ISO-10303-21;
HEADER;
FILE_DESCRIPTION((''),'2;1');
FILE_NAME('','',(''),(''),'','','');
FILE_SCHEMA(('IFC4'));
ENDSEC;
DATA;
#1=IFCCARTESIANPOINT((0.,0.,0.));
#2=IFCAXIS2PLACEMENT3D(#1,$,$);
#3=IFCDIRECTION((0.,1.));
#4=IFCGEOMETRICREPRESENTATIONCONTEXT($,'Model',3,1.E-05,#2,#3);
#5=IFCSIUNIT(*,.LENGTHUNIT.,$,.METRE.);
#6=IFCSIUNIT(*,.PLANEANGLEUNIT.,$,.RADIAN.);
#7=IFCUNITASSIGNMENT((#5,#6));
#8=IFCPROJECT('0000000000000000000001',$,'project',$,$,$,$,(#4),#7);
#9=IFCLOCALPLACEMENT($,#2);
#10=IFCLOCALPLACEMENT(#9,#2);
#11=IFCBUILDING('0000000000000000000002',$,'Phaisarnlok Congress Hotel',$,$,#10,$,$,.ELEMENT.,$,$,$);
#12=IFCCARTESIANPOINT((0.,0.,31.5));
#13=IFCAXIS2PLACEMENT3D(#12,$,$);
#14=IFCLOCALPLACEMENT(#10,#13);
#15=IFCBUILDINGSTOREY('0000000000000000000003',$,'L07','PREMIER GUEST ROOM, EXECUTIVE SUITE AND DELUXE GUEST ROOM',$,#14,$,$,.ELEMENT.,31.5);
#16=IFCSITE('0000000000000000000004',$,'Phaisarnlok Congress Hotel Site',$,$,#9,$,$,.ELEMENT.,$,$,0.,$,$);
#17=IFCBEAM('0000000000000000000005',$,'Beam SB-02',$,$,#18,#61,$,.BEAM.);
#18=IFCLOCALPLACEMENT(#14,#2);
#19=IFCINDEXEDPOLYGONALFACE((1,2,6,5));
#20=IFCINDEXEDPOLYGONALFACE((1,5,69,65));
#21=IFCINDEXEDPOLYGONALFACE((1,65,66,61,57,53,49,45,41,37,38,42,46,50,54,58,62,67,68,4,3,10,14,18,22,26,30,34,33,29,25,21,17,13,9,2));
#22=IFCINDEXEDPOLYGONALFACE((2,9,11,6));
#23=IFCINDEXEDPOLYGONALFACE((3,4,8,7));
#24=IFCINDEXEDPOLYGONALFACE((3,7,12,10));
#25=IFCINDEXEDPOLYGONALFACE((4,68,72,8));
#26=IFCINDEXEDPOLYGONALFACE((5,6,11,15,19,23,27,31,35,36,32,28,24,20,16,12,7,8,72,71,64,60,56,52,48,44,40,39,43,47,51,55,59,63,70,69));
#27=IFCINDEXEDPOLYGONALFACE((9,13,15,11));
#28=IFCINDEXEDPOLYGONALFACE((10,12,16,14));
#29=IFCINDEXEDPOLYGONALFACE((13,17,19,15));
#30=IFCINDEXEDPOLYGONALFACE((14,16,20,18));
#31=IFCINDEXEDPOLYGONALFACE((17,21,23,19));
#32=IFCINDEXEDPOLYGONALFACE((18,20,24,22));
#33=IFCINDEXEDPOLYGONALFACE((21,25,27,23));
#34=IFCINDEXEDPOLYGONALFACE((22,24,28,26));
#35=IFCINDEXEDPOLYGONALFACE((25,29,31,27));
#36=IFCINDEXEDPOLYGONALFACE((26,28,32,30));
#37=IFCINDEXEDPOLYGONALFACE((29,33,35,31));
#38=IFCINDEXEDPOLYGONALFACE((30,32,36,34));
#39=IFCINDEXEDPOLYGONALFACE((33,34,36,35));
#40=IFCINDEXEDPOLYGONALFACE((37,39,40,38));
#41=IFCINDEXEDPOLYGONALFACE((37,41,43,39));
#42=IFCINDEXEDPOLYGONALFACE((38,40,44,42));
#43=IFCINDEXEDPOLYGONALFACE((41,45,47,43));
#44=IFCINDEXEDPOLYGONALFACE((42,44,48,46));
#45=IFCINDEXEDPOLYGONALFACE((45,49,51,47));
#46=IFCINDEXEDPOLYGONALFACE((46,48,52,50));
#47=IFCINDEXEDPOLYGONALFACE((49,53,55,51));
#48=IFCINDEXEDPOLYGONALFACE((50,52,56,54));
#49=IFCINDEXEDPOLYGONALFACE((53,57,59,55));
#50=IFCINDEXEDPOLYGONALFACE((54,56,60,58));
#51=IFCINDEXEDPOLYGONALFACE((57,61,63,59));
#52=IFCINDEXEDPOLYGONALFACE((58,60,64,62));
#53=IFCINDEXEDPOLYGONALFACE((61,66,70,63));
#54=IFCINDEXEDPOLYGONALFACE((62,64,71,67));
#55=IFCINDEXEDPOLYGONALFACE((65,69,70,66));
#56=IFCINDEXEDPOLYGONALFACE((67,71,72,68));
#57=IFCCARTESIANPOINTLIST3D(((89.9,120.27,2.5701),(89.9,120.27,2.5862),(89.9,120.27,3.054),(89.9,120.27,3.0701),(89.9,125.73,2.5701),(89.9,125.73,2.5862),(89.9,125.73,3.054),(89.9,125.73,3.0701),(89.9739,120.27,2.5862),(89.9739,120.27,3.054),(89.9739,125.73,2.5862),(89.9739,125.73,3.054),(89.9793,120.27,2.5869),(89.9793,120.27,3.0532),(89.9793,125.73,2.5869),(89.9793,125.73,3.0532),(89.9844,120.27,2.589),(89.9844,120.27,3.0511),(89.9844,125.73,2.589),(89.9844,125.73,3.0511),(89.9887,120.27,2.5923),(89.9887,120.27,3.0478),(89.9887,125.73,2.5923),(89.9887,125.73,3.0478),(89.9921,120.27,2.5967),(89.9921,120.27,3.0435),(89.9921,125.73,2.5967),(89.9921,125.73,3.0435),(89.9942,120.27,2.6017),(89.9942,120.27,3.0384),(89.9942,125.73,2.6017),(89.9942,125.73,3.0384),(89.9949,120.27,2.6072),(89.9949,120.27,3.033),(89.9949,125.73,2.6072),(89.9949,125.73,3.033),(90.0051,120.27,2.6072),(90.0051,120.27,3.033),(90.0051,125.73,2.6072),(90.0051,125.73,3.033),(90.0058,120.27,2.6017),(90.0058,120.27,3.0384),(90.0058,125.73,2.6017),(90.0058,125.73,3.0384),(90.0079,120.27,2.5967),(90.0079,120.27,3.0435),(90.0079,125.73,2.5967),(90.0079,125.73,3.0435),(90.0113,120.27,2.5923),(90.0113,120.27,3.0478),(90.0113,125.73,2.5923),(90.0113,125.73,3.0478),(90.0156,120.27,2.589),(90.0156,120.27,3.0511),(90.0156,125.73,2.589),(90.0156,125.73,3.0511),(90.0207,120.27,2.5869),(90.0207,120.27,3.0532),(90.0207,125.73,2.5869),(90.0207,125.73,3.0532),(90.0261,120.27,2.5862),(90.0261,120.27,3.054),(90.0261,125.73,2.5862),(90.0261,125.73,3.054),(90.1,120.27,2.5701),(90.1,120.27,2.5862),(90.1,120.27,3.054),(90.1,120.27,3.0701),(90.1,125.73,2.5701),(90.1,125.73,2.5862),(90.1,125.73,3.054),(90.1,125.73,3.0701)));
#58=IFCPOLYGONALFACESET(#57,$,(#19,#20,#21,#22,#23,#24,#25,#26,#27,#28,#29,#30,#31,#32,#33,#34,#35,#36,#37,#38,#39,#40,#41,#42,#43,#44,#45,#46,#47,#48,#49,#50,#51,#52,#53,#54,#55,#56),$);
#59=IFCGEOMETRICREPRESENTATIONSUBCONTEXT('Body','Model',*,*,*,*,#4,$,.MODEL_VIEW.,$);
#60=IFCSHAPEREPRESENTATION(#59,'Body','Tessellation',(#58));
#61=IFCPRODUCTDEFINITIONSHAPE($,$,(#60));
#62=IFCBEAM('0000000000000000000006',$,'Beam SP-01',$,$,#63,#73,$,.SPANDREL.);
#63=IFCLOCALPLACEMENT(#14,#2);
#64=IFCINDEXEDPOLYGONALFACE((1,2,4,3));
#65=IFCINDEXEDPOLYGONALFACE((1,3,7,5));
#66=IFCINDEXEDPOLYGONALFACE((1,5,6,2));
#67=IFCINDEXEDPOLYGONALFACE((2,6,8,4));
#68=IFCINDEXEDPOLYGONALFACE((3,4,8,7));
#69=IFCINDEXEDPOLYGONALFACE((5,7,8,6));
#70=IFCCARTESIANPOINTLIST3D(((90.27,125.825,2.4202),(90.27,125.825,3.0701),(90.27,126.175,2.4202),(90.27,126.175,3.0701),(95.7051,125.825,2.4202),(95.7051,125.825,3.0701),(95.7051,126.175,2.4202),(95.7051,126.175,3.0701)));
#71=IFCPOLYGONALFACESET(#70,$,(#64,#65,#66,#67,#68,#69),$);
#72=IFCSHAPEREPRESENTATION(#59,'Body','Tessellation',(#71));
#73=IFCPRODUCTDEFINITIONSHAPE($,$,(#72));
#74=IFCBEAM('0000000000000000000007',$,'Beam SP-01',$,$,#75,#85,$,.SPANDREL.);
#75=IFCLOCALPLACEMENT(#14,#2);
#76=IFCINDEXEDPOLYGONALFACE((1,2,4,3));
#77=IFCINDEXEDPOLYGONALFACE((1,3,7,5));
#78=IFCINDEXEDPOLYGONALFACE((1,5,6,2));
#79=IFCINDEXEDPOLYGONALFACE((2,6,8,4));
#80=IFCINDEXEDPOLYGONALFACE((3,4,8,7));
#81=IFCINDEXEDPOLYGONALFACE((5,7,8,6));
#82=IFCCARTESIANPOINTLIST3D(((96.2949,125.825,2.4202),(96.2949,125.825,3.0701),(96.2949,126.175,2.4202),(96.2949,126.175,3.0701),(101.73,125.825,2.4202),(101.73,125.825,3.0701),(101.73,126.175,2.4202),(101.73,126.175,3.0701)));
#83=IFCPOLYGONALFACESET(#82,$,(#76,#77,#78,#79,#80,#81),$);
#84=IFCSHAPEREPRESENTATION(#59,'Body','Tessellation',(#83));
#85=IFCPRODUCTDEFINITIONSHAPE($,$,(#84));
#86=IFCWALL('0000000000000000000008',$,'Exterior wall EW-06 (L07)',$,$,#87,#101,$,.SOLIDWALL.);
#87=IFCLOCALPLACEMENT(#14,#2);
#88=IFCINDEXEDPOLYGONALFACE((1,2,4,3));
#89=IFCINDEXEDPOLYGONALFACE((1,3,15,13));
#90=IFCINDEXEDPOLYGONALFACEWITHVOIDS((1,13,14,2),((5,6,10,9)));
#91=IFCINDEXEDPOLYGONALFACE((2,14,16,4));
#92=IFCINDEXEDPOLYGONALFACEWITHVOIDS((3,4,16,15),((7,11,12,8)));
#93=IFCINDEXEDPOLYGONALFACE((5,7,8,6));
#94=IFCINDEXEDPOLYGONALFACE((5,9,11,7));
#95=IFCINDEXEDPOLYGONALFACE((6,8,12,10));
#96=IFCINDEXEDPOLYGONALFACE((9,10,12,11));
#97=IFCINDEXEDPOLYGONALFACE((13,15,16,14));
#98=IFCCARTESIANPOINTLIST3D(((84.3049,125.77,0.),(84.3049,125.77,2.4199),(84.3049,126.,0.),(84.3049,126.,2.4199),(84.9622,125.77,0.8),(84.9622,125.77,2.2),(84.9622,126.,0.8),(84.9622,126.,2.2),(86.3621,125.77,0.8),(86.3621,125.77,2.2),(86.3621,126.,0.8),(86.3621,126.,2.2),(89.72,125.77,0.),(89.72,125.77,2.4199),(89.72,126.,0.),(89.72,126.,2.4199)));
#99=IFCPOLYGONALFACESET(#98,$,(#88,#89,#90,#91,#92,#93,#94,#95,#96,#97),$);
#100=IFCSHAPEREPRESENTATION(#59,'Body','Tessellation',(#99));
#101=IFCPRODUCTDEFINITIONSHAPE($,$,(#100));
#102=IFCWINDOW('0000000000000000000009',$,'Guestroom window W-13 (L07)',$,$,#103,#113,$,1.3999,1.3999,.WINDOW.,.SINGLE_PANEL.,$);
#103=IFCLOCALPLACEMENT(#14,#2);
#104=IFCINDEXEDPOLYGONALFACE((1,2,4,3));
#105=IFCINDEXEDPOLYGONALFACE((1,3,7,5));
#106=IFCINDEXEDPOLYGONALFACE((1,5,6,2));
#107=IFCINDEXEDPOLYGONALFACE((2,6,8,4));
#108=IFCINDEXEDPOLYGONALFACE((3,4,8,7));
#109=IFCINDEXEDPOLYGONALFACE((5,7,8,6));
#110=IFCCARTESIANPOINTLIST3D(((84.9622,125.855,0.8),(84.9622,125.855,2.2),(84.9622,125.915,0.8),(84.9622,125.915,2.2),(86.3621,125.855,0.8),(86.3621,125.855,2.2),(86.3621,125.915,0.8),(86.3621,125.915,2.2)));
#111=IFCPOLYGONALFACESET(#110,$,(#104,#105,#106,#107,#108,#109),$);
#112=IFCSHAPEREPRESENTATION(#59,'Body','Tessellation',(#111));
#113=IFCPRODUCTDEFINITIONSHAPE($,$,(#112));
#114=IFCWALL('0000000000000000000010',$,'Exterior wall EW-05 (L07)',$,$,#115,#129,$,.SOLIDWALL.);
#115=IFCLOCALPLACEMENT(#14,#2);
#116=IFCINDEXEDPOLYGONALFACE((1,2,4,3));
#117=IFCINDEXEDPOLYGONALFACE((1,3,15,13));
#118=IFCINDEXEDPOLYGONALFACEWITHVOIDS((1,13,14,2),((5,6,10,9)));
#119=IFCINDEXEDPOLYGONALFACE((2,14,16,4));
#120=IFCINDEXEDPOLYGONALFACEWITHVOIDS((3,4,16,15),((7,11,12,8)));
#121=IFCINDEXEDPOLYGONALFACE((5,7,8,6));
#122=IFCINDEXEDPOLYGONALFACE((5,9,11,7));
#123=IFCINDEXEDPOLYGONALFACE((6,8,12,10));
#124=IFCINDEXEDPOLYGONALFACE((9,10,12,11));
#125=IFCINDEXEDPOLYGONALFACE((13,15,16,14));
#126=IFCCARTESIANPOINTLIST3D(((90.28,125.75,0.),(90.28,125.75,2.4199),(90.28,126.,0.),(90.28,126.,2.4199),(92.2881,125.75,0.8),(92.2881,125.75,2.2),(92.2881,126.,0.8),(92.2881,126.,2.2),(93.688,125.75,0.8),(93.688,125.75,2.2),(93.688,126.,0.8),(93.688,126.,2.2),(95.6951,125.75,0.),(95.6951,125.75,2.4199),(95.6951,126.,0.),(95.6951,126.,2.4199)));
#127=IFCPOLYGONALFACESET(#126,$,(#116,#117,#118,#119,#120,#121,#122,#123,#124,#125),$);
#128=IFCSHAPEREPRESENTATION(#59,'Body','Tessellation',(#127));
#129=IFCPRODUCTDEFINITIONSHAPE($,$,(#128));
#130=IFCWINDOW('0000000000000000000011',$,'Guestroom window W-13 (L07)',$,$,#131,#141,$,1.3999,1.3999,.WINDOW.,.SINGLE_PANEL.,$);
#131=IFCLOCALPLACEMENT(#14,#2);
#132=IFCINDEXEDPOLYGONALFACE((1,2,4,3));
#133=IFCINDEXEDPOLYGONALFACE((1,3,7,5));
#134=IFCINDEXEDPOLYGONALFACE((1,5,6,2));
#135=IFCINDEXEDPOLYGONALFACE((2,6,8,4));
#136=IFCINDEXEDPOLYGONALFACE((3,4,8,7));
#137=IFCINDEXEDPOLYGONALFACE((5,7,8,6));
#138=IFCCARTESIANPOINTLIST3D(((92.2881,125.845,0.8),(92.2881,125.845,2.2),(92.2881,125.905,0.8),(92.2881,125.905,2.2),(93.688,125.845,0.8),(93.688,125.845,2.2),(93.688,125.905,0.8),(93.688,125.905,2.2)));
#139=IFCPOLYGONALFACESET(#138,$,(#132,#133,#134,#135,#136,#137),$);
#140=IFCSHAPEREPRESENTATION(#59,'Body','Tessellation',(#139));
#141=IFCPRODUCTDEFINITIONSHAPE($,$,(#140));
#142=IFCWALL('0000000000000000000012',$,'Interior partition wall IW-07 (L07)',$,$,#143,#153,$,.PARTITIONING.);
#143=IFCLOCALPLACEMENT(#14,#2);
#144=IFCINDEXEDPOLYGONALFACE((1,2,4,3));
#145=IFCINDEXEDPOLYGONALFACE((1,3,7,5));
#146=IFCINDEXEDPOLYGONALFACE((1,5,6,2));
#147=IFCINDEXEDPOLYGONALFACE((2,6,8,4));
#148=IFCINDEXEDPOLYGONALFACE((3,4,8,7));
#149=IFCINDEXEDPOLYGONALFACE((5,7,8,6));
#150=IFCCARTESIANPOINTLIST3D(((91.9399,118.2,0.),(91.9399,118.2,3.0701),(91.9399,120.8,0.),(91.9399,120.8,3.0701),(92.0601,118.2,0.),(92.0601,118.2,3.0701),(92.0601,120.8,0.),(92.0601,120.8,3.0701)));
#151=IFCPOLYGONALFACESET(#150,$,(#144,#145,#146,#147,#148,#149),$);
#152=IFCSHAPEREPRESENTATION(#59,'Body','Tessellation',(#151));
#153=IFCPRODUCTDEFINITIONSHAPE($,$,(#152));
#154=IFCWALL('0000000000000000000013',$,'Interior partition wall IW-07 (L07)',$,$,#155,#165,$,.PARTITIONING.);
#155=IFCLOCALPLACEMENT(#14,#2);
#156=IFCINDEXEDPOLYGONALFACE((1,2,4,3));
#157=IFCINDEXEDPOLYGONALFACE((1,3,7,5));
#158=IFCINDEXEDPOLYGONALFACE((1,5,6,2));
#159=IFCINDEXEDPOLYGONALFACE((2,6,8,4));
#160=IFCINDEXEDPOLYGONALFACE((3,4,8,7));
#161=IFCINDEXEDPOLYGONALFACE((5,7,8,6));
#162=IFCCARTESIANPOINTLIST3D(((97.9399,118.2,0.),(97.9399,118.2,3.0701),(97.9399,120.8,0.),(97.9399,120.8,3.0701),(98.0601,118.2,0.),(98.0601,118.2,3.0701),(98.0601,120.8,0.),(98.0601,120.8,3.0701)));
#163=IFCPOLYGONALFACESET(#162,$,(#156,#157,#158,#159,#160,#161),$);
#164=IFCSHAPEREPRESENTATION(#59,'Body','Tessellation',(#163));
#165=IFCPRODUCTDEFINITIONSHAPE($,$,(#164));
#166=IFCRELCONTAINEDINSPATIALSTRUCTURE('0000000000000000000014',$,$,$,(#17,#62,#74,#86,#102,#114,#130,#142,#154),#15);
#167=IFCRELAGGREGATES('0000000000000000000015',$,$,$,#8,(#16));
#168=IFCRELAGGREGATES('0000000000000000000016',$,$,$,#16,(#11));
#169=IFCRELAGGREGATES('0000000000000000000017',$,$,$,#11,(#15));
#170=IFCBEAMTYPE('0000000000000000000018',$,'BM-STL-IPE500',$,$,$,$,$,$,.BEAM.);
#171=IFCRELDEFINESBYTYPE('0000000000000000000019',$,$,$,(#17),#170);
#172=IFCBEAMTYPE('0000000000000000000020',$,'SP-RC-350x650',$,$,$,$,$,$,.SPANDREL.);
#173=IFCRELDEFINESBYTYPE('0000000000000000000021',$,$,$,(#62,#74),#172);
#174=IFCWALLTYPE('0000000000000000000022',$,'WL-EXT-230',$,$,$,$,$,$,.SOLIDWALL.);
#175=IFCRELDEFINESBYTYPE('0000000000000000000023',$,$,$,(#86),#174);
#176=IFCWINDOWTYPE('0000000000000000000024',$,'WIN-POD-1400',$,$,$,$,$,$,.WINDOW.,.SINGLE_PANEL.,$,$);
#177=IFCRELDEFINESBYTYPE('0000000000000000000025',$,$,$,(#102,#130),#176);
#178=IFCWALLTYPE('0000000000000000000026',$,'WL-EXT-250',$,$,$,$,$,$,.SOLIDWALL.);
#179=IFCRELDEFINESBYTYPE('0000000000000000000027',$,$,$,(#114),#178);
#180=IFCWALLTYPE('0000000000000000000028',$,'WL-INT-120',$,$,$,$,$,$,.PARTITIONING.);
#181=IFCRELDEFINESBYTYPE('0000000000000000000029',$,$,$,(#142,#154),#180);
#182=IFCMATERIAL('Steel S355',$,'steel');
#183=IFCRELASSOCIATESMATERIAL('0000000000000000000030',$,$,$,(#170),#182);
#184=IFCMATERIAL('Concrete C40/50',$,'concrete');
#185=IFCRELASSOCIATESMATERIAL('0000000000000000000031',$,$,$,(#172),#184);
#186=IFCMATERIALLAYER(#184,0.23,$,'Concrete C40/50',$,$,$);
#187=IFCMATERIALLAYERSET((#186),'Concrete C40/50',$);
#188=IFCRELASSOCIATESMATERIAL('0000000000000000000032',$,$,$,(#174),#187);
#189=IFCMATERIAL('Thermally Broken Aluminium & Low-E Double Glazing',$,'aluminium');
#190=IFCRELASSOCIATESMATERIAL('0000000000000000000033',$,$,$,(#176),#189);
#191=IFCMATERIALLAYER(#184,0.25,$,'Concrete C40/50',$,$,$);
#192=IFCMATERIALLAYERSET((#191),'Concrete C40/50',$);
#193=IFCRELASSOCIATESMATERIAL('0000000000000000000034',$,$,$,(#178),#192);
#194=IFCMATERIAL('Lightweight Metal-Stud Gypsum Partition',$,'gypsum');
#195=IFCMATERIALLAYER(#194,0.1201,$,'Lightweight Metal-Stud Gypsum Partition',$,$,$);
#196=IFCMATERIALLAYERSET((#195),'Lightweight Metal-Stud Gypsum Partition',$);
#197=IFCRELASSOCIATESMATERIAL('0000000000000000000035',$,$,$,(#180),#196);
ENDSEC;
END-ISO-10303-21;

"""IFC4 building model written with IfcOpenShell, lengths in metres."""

from ifc_helpers import new_model, si_unit, direction, frame, frame_2d, origin, origin_2d, place, context, subcontext, project, spatial, rectangle, i_section, extrude, material, layer, layer_set, material_profile, profile_set, type_object, element, fill, save


model = new_model("IFC4")

# Units and contexts
model_context = context("Model", 3, precision=1e-05, world=origin(), true_north=direction((0.0, 1.0)))
body_context = subcontext(model_context, "Body", "Model", "MODEL_VIEW")
ifc_project = project(units=[si_unit("LENGTHUNIT", "METRE"), si_unit("PLANEANGLEUNIT", "RADIAN")], contexts=[model_context])

# Site, building, storey
site_placement = place(None, origin())
site = spatial("IfcSite", under=ifc_project, at=site_placement, Name="Phaisarnlok Congress Hotel Site", CompositionType="ELEMENT", RefElevation=0.0)
building_placement = place(site_placement, origin())
building = spatial("IfcBuilding", under=site, at=building_placement, Name="Phaisarnlok Congress Hotel", CompositionType="ELEMENT")
storey_placement = place(building_placement, frame((0.0, 0.0, 31.5)))
storey = spatial("IfcBuildingStorey", under=building, at=storey_placement, Name="L07", Description="PREMIER GUEST ROOM, EXECUTIVE SUITE AND DELUXE GUEST ROOM", CompositionType="ELEMENT", Elevation=31.5)

# Beams
ifc_material_1 = material(Name="Concrete C40/50", Category="concrete")
ifc_material_2 = material(Name="Steel S355", Category="steel")
ifc_material_profile_1 = material_profile(ifc_material_2, i_section(OverallWidth=0.2, OverallDepth=0.5, WebThickness=0.0103, FlangeThickness=0.0161, FilletRadius=0.021, at=origin_2d()), Name="IPE 500")
ifc_profile_set_1 = profile_set([ifc_material_profile_1], Name="Steel S355")
beam_type_1 = type_object("IfcBeamType", Name="BM-STL-IPE500", PredefinedType="BEAM", material=ifc_profile_set_1)
beam_1_placement = place(storey_placement, frame((90.0, 120.27, 2.8201), z_axis=(0.0, 1.0, 0.0), x_axis=(-1.0, 0.0, 0.0)))
element("IfcBeam", 1, at=beam_1_placement, inside=storey, type_object=beam_type_1, Name="Beam SB-02", PredefinedType="BEAM", context=body_context, shape_type="SweptSolid", body=[
    extrude(i_section(OverallWidth=0.2, OverallDepth=0.5, WebThickness=0.0103, FlangeThickness=0.0161, FilletRadius=0.021, at=origin_2d()), origin(), (0.0, 0.0, 1.0), 5.46),
])
ifc_material_profile_2 = material_profile(ifc_material_1, rectangle(XDim=0.3501, YDim=0.6499, at=origin_2d()), Name="RC 350x650")
ifc_profile_set_2 = profile_set([ifc_material_profile_2], Name="Concrete C40/50")
beam_type_2 = type_object("IfcBeamType", Name="SP-RC-350x650", PredefinedType="SPANDREL", material=ifc_profile_set_2)
for number, where, z_axis, x_axis, name in (
    (2, (90.27, 126.0, 2.7451), (1.0, 0.0, 0.0), (0.0, 1.0, 0.0), "Beam SP-01"),
    (3, (96.2949, 126.0, 2.7451), (1.0, 0.0, 0.0), (0.0, 1.0, 0.0), "Beam SP-01"),
):
    element("IfcBeam", number, at=place(storey_placement, frame(where, z_axis=z_axis, x_axis=x_axis)), inside=storey, type_object=beam_type_2, Name=name, PredefinedType="SPANDREL", context=body_context, shape_type="SweptSolid", body=[
        extrude(rectangle(XDim=0.3501, YDim=0.6499, at=origin_2d()), origin(), (0.0, 0.0, 1.0), 5.4351),
    ])

# Walls, openings, windows
ifc_layer_1 = layer(ifc_material_1, 0.23, Name="Concrete C40/50")
ifc_layer_set_1 = layer_set([ifc_layer_1], Name="Concrete C40/50")
wall_type_1 = type_object("IfcWallType", Name="WL-EXT-230", PredefinedType="SOLIDWALL", material=ifc_layer_set_1)
wall_1_placement = place(storey_placement, frame((89.72, 125.885, 0.0), z_axis=(0.0, 0.0, 1.0), x_axis=(-1.0, 0.0, 0.0)))
wall_1 = element("IfcWall", 4, at=wall_1_placement, inside=storey, type_object=wall_type_1, Name="Exterior wall EW-06 (L07)", PredefinedType="SOLIDWALL", context=body_context, shape_type="SweptSolid", body=[
    extrude(rectangle(XDim=5.415, YDim=0.23, at=frame_2d((2.7075, 0.0))), origin(), (0.0, 0.0, 1.0), 2.4199),
])
opening_1_placement = place(wall_1_placement, frame((3.3579, 0.0, 0.8)))
opening_1 = element("IfcOpeningElement", 5, at=opening_1_placement, cuts=wall_1, PredefinedType="OPENING", context=body_context, shape_type="SweptSolid", body=[
    extrude(rectangle(XDim=1.3999, YDim=1.3999, at=frame_2d((0.7, 0.7))), frame((0.0, 0.125, 0.0), z_axis=(0.0, -1.0, 0.0), x_axis=(1.0, 0.0, 0.0)), (0.0, 0.0, 1.0), 0.25),
])
ifc_material_3 = material(Name="Thermally Broken Aluminium & Low-E Double Glazing", Category="aluminium")
window_type = type_object("IfcWindowType", Name="WIN-POD-1400", PartitioningType="SINGLE_PANEL", PredefinedType="WINDOW", material=ifc_material_3)
window_1_placement = place(opening_1_placement, origin())
window_1 = element("IfcWindow", 6, at=window_1_placement, inside=storey, type_object=window_type, Name="Guestroom window W-13 (L07)", OverallHeight=1.3999, OverallWidth=1.3999, PartitioningType="SINGLE_PANEL", PredefinedType="WINDOW", context=body_context, shape_type="SweptSolid", body=[
    extrude(rectangle(XDim=1.3999, YDim=1.3999, at=frame_2d((0.7, 0.7))), frame((0.0, 0.03, 0.0), z_axis=(0.0, -1.0, 0.0), x_axis=(1.0, 0.0, 0.0)), (0.0, 0.0, 1.0), 0.0601),
])
fill(opening_1, window_1)
ifc_layer_2 = layer(ifc_material_1, 0.25, Name="Concrete C40/50")
ifc_layer_set_2 = layer_set([ifc_layer_2], Name="Concrete C40/50")
wall_type_2 = type_object("IfcWallType", Name="WL-EXT-250", PredefinedType="SOLIDWALL", material=ifc_layer_set_2)
wall_2_placement = place(storey_placement, frame((95.6951, 125.875, 0.0), z_axis=(0.0, 0.0, 1.0), x_axis=(-1.0, 0.0, 0.0)))
wall_2 = element("IfcWall", 7, at=wall_2_placement, inside=storey, type_object=wall_type_2, Name="Exterior wall EW-05 (L07)", PredefinedType="SOLIDWALL", context=body_context, shape_type="SweptSolid", body=[
    extrude(rectangle(XDim=5.415, YDim=0.25, at=frame_2d((2.7075, 0.0))), origin(), (0.0, 0.0, 1.0), 2.4199),
])
opening_2_placement = place(wall_2_placement, frame((2.0071, 0.0, 0.8)))
opening_2 = element("IfcOpeningElement", 8, at=opening_2_placement, cuts=wall_2, PredefinedType="OPENING", context=body_context, shape_type="SweptSolid", body=[
    extrude(rectangle(XDim=1.3999, YDim=1.3999, at=frame_2d((0.7, 0.7))), frame((0.0, 0.135, 0.0), z_axis=(0.0, -1.0, 0.0), x_axis=(1.0, 0.0, 0.0)), (0.0, 0.0, 1.0), 0.27),
])
window_2_placement = place(opening_2_placement, origin())
window_2 = element("IfcWindow", 9, at=window_2_placement, inside=storey, type_object=window_type, Name="Guestroom window W-13 (L07)", OverallHeight=1.3999, OverallWidth=1.3999, PartitioningType="SINGLE_PANEL", PredefinedType="WINDOW", context=body_context, shape_type="SweptSolid", body=[
    extrude(rectangle(XDim=1.3999, YDim=1.3999, at=frame_2d((0.7, 0.7))), frame((0.0, 0.03, 0.0), z_axis=(0.0, -1.0, 0.0), x_axis=(1.0, 0.0, 0.0)), (0.0, 0.0, 1.0), 0.0601),
])
fill(opening_2, window_2)

# Walls
ifc_material_4 = material(Name="Lightweight Metal-Stud Gypsum Partition", Category="gypsum")
ifc_layer_3 = layer(ifc_material_4, 0.1201, Name="Lightweight Metal-Stud Gypsum Partition")
ifc_layer_set_3 = layer_set([ifc_layer_3], Name="Lightweight Metal-Stud Gypsum Partition")
wall_type_3 = type_object("IfcWallType", Name="WL-INT-120", PredefinedType="PARTITIONING", material=ifc_layer_set_3)
for number, where, z_axis, x_axis, name in (
    (10, (92.0, 118.2, 0.0), (0.0, 0.0, 1.0), (0.0, 1.0, 0.0), "Interior partition wall IW-07 (L07)"),
    (11, (98.0, 118.2, 0.0), (0.0, 0.0, 1.0), (0.0, 1.0, 0.0), "Interior partition wall IW-07 (L07)"),
):
    element("IfcWall", number, at=place(storey_placement, frame(where, z_axis=z_axis, x_axis=x_axis)), inside=storey, type_object=wall_type_3, Name=name, PredefinedType="PARTITIONING", context=body_context, shape_type="SweptSolid", body=[
        extrude(rectangle(XDim=2.6001, YDim=0.1201, at=frame_2d((1.3, 0.0))), origin(), (0.0, 0.0, 1.0), 3.0701),
    ])

save(model, "model.ifc")
